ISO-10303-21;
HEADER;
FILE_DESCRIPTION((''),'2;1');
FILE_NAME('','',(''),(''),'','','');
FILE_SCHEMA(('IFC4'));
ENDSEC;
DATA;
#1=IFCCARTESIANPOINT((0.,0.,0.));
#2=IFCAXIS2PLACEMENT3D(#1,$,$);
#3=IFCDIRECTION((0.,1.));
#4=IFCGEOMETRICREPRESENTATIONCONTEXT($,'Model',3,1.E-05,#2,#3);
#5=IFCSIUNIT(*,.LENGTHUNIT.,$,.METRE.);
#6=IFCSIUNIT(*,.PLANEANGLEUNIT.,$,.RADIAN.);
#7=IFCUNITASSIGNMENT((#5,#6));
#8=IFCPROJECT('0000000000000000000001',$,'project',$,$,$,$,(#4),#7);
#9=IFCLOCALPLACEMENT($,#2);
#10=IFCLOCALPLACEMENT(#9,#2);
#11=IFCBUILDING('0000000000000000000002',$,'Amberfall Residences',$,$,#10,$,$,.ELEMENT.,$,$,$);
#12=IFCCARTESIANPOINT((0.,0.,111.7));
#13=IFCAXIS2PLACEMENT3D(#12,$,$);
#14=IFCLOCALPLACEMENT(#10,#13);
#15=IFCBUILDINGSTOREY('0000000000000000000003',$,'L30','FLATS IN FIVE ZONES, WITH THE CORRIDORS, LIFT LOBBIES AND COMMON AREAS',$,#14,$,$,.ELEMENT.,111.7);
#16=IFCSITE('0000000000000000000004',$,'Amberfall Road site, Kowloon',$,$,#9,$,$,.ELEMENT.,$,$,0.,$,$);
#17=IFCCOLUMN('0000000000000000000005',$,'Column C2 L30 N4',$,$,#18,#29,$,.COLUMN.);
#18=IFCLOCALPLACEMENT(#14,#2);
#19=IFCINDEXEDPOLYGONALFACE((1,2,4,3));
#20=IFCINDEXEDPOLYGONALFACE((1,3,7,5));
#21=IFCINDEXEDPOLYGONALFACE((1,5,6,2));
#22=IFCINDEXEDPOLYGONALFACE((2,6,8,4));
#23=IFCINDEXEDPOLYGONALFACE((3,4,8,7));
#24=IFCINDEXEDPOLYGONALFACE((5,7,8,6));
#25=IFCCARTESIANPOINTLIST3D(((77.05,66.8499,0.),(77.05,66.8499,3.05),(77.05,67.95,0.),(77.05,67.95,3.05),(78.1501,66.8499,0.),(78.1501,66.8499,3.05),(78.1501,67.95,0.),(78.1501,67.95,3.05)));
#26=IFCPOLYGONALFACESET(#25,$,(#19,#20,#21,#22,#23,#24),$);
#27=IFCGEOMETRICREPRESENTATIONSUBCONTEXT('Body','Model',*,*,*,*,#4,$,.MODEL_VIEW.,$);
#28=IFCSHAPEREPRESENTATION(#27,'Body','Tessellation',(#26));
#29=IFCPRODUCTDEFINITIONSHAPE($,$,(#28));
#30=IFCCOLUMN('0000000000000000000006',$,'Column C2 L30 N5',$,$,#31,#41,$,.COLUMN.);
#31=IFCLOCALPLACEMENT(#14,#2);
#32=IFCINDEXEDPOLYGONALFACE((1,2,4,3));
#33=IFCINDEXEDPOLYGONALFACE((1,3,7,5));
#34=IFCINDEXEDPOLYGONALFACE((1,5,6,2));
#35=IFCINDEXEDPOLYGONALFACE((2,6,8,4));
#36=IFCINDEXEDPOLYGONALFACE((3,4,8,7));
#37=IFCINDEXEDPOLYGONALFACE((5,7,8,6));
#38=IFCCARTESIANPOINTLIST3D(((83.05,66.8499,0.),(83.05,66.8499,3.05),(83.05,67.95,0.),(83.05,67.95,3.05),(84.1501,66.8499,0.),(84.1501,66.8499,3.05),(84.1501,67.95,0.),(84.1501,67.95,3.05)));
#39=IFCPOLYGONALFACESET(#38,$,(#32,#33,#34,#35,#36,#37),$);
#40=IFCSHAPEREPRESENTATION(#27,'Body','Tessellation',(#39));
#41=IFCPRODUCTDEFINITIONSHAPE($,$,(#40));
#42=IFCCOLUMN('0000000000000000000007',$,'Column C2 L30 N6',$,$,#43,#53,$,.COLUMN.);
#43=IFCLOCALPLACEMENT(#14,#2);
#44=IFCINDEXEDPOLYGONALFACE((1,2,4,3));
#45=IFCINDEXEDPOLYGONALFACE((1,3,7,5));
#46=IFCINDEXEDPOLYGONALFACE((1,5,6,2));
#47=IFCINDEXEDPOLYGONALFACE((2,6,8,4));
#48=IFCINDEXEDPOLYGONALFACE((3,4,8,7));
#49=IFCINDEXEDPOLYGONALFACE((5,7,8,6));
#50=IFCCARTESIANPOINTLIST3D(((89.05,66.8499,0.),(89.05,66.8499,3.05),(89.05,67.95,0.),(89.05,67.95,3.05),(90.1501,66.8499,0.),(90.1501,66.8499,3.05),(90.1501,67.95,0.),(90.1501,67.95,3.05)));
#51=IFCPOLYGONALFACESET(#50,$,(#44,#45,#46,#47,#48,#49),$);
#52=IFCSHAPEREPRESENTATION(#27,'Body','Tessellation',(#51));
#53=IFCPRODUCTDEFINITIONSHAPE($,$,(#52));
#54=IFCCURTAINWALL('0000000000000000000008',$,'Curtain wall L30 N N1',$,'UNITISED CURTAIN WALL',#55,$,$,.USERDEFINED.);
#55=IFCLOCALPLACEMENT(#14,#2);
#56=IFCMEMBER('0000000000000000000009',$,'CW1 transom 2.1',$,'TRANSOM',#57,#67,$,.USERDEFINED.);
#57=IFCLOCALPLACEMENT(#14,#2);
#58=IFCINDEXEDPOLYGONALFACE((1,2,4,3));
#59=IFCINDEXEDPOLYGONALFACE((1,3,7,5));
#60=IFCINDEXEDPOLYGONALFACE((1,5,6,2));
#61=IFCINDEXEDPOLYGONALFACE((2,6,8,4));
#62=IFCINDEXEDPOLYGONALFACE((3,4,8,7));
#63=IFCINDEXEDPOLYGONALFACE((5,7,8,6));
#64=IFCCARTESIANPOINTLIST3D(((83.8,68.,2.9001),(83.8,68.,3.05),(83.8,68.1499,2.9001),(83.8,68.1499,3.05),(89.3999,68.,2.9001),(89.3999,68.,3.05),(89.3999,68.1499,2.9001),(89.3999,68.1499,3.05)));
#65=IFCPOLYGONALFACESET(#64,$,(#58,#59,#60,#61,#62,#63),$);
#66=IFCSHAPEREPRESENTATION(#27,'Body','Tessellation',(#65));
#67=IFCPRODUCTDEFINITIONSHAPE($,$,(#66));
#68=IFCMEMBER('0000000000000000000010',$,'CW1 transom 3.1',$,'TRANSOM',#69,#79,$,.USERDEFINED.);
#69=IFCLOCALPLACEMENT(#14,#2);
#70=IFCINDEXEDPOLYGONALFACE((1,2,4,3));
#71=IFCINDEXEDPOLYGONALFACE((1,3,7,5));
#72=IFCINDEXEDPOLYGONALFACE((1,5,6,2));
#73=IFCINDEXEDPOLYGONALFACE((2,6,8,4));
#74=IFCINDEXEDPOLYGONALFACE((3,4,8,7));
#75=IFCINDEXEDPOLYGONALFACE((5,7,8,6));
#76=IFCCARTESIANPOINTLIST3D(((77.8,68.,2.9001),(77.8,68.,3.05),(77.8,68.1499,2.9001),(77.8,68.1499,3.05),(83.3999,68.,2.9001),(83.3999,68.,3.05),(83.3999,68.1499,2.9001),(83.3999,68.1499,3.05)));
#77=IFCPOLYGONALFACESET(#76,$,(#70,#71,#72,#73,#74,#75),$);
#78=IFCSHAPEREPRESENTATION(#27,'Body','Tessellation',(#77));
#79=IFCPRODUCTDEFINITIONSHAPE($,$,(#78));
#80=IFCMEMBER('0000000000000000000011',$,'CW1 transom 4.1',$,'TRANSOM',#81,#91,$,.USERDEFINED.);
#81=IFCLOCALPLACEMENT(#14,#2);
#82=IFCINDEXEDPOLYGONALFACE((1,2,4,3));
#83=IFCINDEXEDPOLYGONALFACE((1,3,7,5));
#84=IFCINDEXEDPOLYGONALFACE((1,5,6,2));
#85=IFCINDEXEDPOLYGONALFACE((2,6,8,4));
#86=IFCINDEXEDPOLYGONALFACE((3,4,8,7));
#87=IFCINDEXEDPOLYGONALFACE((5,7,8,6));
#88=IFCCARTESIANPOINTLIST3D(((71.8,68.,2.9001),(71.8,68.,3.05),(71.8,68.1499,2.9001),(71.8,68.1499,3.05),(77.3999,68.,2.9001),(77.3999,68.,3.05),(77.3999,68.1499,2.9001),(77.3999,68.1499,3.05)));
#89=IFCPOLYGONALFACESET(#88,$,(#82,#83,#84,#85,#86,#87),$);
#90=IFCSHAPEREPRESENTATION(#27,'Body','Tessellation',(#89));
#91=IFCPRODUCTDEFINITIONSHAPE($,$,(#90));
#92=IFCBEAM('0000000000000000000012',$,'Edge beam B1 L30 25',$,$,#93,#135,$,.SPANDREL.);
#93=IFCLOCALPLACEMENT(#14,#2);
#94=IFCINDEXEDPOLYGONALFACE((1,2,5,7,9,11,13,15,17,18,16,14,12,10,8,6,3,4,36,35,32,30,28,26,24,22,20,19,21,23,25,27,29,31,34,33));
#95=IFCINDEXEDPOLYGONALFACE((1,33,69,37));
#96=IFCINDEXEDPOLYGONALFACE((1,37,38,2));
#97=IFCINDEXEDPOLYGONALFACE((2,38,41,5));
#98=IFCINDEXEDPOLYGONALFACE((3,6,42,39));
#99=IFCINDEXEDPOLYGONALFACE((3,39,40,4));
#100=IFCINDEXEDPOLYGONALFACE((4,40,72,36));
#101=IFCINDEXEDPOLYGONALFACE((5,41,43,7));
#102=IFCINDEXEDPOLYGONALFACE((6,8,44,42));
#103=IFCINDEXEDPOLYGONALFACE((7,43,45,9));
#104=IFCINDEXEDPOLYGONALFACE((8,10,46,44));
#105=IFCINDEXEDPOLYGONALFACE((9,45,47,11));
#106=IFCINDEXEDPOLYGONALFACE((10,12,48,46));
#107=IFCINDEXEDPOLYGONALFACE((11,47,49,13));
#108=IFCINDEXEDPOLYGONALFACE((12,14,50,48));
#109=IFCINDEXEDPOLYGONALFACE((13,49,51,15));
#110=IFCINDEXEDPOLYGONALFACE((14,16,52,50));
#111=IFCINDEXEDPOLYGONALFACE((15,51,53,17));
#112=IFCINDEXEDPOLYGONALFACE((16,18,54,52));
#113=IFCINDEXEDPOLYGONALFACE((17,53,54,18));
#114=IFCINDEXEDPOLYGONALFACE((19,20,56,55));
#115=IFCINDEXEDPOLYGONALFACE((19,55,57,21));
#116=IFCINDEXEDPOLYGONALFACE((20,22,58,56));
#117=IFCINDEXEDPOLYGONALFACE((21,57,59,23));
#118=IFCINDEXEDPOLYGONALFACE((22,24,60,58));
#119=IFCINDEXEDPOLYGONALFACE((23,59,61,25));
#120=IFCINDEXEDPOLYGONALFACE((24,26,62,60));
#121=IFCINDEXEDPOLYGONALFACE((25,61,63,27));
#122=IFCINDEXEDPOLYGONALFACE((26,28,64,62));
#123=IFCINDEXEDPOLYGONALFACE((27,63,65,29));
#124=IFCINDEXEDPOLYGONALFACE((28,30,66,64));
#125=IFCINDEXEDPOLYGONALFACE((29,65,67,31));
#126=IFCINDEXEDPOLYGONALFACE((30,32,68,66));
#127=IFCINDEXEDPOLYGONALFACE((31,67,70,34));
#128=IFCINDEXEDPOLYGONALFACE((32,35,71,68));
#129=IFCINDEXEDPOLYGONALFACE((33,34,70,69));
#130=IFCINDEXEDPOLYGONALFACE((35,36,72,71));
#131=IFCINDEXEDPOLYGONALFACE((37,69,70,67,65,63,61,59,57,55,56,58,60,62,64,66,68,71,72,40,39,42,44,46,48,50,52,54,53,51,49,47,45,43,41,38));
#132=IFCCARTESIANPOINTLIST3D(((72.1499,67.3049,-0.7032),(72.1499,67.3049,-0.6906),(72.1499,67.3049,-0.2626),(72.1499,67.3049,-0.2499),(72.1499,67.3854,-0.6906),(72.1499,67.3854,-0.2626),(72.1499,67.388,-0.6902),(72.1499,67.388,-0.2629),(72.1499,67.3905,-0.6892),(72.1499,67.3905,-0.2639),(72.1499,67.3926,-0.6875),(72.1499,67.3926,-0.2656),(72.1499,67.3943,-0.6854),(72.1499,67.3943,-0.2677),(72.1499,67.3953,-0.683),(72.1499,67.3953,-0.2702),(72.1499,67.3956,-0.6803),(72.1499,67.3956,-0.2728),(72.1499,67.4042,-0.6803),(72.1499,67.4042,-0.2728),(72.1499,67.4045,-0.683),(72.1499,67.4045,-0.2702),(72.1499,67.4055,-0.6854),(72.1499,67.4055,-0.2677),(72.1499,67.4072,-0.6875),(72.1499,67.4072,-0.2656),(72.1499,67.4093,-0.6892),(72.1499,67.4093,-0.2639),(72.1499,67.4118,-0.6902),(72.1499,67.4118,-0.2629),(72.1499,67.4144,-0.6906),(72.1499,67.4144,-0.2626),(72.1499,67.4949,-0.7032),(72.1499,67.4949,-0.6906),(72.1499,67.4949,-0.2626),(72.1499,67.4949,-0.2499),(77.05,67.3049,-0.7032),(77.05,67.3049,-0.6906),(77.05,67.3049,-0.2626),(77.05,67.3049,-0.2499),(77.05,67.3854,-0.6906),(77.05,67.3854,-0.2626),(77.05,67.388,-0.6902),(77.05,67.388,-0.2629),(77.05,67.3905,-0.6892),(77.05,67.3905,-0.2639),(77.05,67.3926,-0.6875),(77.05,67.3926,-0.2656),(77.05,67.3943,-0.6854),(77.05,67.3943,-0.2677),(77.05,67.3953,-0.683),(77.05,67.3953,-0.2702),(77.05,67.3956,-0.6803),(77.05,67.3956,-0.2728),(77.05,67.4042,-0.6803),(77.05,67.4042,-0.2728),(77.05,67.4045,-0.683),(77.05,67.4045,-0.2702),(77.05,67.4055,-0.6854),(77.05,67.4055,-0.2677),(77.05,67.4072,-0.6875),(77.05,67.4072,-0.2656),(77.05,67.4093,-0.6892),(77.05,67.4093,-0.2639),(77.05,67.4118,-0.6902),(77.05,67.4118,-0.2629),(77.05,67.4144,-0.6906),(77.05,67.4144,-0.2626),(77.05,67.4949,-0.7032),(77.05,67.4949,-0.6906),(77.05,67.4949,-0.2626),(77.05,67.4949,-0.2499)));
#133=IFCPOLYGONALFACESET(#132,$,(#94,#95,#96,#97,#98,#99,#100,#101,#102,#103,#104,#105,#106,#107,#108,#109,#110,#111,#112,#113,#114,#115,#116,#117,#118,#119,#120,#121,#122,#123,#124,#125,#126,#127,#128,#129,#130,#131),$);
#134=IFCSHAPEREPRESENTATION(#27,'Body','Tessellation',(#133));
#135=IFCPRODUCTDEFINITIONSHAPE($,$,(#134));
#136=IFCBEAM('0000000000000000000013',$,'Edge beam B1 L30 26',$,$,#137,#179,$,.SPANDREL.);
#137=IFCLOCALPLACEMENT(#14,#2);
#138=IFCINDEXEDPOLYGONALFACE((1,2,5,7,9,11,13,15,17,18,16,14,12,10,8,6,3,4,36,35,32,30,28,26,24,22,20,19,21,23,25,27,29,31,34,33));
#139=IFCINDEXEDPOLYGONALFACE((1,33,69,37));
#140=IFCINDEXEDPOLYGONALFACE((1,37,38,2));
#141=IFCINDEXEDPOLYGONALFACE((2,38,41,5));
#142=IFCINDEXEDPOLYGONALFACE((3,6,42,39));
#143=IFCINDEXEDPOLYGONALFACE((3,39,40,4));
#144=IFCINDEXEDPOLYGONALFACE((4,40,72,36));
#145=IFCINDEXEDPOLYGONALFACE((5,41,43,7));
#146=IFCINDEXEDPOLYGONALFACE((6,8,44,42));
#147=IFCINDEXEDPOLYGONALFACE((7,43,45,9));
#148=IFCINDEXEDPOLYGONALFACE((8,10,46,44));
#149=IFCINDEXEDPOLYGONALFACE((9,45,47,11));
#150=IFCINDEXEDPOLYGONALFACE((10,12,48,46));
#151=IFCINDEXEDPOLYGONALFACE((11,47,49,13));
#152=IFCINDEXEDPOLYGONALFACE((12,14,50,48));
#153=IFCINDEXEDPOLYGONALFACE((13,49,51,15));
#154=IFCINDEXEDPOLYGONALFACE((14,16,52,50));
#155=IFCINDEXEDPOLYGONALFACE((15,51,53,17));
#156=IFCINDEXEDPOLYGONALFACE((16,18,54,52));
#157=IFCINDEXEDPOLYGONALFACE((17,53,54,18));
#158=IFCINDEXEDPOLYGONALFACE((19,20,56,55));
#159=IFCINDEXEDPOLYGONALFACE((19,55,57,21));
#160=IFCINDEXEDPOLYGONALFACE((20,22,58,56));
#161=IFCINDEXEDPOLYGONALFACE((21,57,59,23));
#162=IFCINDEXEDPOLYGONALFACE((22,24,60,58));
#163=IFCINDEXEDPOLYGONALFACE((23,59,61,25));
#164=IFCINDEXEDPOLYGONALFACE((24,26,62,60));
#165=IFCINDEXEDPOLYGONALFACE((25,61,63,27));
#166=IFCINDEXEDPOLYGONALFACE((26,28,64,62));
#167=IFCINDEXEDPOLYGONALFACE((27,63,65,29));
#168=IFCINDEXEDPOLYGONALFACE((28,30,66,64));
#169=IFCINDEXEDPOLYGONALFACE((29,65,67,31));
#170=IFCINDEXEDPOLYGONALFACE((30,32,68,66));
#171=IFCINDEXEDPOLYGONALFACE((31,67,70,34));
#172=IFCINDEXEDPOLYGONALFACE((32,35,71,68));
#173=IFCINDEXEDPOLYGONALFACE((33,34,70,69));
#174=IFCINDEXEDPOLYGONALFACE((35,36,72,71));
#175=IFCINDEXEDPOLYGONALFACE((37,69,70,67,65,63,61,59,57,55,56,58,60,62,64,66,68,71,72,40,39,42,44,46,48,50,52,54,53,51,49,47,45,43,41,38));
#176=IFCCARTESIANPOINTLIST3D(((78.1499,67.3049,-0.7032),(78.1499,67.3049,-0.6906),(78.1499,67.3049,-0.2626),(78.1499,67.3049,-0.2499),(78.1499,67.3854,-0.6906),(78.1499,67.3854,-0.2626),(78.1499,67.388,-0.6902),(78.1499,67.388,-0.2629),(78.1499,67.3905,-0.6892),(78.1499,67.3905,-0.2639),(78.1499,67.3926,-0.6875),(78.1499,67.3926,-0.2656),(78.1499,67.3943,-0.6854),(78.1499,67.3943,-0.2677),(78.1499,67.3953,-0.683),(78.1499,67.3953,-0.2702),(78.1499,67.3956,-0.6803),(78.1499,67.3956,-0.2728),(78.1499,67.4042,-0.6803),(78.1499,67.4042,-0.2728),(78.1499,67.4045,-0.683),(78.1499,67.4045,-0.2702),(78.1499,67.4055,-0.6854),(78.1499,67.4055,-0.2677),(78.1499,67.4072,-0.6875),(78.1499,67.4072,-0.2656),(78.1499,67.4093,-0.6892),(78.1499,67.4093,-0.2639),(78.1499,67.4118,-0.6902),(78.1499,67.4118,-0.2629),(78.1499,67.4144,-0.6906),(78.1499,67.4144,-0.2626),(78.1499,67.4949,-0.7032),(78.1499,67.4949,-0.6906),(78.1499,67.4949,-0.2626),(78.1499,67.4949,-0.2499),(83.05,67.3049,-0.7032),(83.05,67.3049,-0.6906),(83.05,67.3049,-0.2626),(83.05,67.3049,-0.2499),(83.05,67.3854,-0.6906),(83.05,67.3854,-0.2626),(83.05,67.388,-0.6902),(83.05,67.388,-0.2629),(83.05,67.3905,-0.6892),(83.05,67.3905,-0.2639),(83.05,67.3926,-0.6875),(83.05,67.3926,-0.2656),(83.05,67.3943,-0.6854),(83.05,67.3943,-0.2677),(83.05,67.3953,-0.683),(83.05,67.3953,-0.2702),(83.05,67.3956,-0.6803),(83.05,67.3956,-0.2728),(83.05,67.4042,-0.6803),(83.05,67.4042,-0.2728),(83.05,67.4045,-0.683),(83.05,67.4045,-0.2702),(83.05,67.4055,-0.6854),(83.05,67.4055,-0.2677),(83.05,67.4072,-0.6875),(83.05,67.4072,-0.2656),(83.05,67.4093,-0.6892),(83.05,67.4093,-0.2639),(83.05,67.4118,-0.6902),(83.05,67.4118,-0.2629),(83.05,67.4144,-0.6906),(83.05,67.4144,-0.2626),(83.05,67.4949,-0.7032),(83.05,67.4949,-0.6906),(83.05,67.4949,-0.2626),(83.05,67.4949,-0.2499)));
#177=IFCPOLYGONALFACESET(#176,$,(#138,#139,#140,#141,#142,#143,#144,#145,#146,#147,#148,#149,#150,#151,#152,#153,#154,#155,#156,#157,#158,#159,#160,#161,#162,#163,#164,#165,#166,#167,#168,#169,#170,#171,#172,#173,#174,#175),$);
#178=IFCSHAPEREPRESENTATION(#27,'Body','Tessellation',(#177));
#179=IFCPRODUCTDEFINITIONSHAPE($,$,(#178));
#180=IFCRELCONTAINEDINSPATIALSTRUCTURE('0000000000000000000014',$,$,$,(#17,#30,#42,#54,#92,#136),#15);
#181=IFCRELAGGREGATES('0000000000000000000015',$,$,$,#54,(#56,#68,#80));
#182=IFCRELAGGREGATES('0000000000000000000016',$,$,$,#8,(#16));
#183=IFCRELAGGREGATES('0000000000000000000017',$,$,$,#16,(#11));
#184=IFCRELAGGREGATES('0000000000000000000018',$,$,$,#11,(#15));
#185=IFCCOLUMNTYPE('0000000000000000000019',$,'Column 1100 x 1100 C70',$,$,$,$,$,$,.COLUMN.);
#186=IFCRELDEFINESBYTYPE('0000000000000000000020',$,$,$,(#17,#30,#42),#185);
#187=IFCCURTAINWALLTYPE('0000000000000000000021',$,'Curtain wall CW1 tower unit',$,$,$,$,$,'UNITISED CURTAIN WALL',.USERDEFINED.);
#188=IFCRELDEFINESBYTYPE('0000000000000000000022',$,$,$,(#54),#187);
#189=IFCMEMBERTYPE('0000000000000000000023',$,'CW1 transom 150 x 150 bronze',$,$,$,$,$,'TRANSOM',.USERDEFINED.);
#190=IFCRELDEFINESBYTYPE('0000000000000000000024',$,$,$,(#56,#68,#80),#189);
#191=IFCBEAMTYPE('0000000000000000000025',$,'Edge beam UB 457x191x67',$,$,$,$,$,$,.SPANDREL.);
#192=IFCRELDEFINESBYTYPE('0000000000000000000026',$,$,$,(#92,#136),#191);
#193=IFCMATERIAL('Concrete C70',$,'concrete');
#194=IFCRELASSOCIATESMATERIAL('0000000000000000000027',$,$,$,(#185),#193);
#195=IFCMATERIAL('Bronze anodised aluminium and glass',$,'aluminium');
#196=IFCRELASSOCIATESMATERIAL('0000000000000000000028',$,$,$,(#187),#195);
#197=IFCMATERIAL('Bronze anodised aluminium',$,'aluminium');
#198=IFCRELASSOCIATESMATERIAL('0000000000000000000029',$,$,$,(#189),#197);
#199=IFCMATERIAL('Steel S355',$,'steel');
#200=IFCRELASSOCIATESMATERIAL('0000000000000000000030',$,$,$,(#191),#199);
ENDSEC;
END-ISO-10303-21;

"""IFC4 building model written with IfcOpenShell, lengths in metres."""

from ifc_helpers import new_model, si_unit, direction, frame, origin, origin_2d, place, context, subcontext, project, spatial, rectangle, i_section, extrude, material, material_profile, profile_set, type_object, element, aggregate, save


model = new_model("IFC4")

# Units and contexts
model_context = context("Model", 3, precision=1e-05, world=origin(), true_north=direction((0.0, 1.0)))
body_context = subcontext(model_context, "Body", "Model", "MODEL_VIEW")
ifc_project = project(units=[si_unit("LENGTHUNIT", "METRE"), si_unit("PLANEANGLEUNIT", "RADIAN")], contexts=[model_context])

# Site, building, storey
site_placement = place(None, origin())
site = spatial("IfcSite", under=ifc_project, at=site_placement, Name="Amberfall Road site, Kowloon", CompositionType="ELEMENT", RefElevation=0.0)
building_placement = place(site_placement, origin())
building = spatial("IfcBuilding", under=site, at=building_placement, Name="Amberfall Residences", CompositionType="ELEMENT")
storey_placement = place(building_placement, frame((0.0, 0.0, 111.7)))
storey = spatial("IfcBuildingStorey", under=building, at=storey_placement, Name="L30", Description="FLATS IN FIVE ZONES, WITH THE CORRIDORS, LIFT LOBBIES AND COMMON AREAS", CompositionType="ELEMENT", Elevation=111.7)

# Columns
ifc_material_1 = material(Name="Concrete C70", Category="concrete")
ifc_material_profile_1 = material_profile(ifc_material_1, rectangle(XDim=1.1001, YDim=1.1001, at=origin_2d()), Name="Column 1100 x 1100 C70")
ifc_profile_set_1 = profile_set([ifc_material_profile_1], Name="Concrete C70")
column_type = type_object("IfcColumnType", Name="Column 1100 x 1100 C70", PredefinedType="COLUMN", material=ifc_profile_set_1)
for number, where, z_axis, x_axis, name in (
    (1, (77.6001, 67.3999, 0.0), (0.0, 0.0, 1.0), (1.0, 0.0, 0.0), "Column C2 L30 N4"),
    (2, (83.6001, 67.3999, 0.0), (0.0, 0.0, 1.0), (1.0, 0.0, 0.0), "Column C2 L30 N5"),
    (3, (89.6001, 67.3999, 0.0), (0.0, 0.0, 1.0), (1.0, 0.0, 0.0), "Column C2 L30 N6"),
):
    element("IfcColumn", number, at=place(storey_placement, frame(where, z_axis=z_axis, x_axis=x_axis)), inside=storey, type_object=column_type, Name=name, PredefinedType="COLUMN", context=body_context, shape_type="SweptSolid", body=[
        extrude(rectangle(XDim=1.1001, YDim=1.1001, at=origin_2d()), origin(), (0.0, 0.0, 1.0), 3.05),
    ])

# Curtain wall, members
ifc_material_2 = material(Name="Bronze anodised aluminium and glass", Category="aluminium")
curtain_wall_type = type_object("IfcCurtainWallType", Name="Curtain wall CW1 tower unit", ElementType="UNITISED CURTAIN WALL", PredefinedType="USERDEFINED", material=ifc_material_2)
curtain_wall_placement = place(storey_placement, origin())
curtain_wall = element("IfcCurtainWall", 4, at=curtain_wall_placement, inside=storey, type_object=curtain_wall_type, Name="Curtain wall L30 N N1", ObjectType="UNITISED CURTAIN WALL", PredefinedType="USERDEFINED")
ifc_material_3 = material(Name="Bronze anodised aluminium", Category="aluminium")
ifc_material_profile_2 = material_profile(ifc_material_3, rectangle(XDim=0.1499, YDim=0.1499, at=origin_2d()), Name="CW1 transom 150 x 150 bronze")
ifc_profile_set_2 = profile_set([ifc_material_profile_2], Name="Bronze anodised aluminium")
member_type_1 = type_object("IfcMemberType", Name="CW1 transom 150 x 150 bronze", ElementType="TRANSOM", PredefinedType="USERDEFINED", material=ifc_profile_set_2)
member_1_placement = place(storey_placement, frame((89.3999, 68.075, 2.9751), z_axis=(-1.0, 0.0, 0.0), x_axis=(0.0, -1.0, 0.0)))
member_1 = element("IfcMember", 5, at=member_1_placement, type_object=member_type_1, Name="CW1 transom 2.1", ObjectType="TRANSOM", PredefinedType="USERDEFINED", context=body_context, shape_type="SweptSolid", body=[
    extrude(rectangle(XDim=0.1499, YDim=0.1499, at=origin_2d()), origin(), (0.0, 0.0, 1.0), 5.5999),
])
member_2_placement = place(storey_placement, frame((83.3999, 68.075, 2.9751), z_axis=(-1.0, 0.0, 0.0), x_axis=(0.0, -1.0, 0.0)))
member_2 = element("IfcMember", 6, at=member_2_placement, type_object=member_type_1, Name="CW1 transom 3.1", ObjectType="TRANSOM", PredefinedType="USERDEFINED", context=body_context, shape_type="SweptSolid", body=[
    extrude(rectangle(XDim=0.1499, YDim=0.1499, at=origin_2d()), origin(), (0.0, 0.0, 1.0), 5.5999),
])
member_3_placement = place(storey_placement, frame((77.3999, 68.075, 2.9751), z_axis=(-1.0, 0.0, 0.0), x_axis=(0.0, -1.0, 0.0)))
member_3 = element("IfcMember", 7, at=member_3_placement, type_object=member_type_1, Name="CW1 transom 4.1", ObjectType="TRANSOM", PredefinedType="USERDEFINED", context=body_context, shape_type="SweptSolid", body=[
    extrude(rectangle(XDim=0.1499, YDim=0.1499, at=origin_2d()), origin(), (0.0, 0.0, 1.0), 5.5999),
])

# Beams
ifc_material_4 = material(Name="Steel S355", Category="steel")
ifc_material_profile_3 = material_profile(ifc_material_4, i_section(OverallWidth=0.1899, OverallDepth=0.4534, WebThickness=0.0085, FlangeThickness=0.0127, FilletRadius=0.0103, at=origin_2d()), Name="UB 457x191x67")
ifc_profile_set_3 = profile_set([ifc_material_profile_3], Name="Steel S355")
beam_type_1 = type_object("IfcBeamType", Name="Edge beam UB 457x191x67", PredefinedType="SPANDREL", material=ifc_profile_set_3)
for number, where, z_axis, x_axis, name in (
    (8, (72.1499, 67.3999, -0.4766), (1.0, 0.0, 0.0), (0.0, 1.0, 0.0), "Edge beam B1 L30 25"),
    (9, (78.1499, 67.3999, -0.4766), (1.0, 0.0, 0.0), (0.0, 1.0, 0.0), "Edge beam B1 L30 26"),
):
    element("IfcBeam", number, at=place(storey_placement, frame(where, z_axis=z_axis, x_axis=x_axis)), inside=storey, type_object=beam_type_1, Name=name, PredefinedType="SPANDREL", context=body_context, shape_type="SweptSolid", body=[
        extrude(i_section(OverallWidth=0.1899, OverallDepth=0.4534, WebThickness=0.0085, FlangeThickness=0.0127, FilletRadius=0.0103, at=origin_2d()), origin(), (0.0, 0.0, 1.0), 4.9001),
    ])

aggregate(curtain_wall, [member_1, member_2, member_3])

save(model, "model.ifc")
